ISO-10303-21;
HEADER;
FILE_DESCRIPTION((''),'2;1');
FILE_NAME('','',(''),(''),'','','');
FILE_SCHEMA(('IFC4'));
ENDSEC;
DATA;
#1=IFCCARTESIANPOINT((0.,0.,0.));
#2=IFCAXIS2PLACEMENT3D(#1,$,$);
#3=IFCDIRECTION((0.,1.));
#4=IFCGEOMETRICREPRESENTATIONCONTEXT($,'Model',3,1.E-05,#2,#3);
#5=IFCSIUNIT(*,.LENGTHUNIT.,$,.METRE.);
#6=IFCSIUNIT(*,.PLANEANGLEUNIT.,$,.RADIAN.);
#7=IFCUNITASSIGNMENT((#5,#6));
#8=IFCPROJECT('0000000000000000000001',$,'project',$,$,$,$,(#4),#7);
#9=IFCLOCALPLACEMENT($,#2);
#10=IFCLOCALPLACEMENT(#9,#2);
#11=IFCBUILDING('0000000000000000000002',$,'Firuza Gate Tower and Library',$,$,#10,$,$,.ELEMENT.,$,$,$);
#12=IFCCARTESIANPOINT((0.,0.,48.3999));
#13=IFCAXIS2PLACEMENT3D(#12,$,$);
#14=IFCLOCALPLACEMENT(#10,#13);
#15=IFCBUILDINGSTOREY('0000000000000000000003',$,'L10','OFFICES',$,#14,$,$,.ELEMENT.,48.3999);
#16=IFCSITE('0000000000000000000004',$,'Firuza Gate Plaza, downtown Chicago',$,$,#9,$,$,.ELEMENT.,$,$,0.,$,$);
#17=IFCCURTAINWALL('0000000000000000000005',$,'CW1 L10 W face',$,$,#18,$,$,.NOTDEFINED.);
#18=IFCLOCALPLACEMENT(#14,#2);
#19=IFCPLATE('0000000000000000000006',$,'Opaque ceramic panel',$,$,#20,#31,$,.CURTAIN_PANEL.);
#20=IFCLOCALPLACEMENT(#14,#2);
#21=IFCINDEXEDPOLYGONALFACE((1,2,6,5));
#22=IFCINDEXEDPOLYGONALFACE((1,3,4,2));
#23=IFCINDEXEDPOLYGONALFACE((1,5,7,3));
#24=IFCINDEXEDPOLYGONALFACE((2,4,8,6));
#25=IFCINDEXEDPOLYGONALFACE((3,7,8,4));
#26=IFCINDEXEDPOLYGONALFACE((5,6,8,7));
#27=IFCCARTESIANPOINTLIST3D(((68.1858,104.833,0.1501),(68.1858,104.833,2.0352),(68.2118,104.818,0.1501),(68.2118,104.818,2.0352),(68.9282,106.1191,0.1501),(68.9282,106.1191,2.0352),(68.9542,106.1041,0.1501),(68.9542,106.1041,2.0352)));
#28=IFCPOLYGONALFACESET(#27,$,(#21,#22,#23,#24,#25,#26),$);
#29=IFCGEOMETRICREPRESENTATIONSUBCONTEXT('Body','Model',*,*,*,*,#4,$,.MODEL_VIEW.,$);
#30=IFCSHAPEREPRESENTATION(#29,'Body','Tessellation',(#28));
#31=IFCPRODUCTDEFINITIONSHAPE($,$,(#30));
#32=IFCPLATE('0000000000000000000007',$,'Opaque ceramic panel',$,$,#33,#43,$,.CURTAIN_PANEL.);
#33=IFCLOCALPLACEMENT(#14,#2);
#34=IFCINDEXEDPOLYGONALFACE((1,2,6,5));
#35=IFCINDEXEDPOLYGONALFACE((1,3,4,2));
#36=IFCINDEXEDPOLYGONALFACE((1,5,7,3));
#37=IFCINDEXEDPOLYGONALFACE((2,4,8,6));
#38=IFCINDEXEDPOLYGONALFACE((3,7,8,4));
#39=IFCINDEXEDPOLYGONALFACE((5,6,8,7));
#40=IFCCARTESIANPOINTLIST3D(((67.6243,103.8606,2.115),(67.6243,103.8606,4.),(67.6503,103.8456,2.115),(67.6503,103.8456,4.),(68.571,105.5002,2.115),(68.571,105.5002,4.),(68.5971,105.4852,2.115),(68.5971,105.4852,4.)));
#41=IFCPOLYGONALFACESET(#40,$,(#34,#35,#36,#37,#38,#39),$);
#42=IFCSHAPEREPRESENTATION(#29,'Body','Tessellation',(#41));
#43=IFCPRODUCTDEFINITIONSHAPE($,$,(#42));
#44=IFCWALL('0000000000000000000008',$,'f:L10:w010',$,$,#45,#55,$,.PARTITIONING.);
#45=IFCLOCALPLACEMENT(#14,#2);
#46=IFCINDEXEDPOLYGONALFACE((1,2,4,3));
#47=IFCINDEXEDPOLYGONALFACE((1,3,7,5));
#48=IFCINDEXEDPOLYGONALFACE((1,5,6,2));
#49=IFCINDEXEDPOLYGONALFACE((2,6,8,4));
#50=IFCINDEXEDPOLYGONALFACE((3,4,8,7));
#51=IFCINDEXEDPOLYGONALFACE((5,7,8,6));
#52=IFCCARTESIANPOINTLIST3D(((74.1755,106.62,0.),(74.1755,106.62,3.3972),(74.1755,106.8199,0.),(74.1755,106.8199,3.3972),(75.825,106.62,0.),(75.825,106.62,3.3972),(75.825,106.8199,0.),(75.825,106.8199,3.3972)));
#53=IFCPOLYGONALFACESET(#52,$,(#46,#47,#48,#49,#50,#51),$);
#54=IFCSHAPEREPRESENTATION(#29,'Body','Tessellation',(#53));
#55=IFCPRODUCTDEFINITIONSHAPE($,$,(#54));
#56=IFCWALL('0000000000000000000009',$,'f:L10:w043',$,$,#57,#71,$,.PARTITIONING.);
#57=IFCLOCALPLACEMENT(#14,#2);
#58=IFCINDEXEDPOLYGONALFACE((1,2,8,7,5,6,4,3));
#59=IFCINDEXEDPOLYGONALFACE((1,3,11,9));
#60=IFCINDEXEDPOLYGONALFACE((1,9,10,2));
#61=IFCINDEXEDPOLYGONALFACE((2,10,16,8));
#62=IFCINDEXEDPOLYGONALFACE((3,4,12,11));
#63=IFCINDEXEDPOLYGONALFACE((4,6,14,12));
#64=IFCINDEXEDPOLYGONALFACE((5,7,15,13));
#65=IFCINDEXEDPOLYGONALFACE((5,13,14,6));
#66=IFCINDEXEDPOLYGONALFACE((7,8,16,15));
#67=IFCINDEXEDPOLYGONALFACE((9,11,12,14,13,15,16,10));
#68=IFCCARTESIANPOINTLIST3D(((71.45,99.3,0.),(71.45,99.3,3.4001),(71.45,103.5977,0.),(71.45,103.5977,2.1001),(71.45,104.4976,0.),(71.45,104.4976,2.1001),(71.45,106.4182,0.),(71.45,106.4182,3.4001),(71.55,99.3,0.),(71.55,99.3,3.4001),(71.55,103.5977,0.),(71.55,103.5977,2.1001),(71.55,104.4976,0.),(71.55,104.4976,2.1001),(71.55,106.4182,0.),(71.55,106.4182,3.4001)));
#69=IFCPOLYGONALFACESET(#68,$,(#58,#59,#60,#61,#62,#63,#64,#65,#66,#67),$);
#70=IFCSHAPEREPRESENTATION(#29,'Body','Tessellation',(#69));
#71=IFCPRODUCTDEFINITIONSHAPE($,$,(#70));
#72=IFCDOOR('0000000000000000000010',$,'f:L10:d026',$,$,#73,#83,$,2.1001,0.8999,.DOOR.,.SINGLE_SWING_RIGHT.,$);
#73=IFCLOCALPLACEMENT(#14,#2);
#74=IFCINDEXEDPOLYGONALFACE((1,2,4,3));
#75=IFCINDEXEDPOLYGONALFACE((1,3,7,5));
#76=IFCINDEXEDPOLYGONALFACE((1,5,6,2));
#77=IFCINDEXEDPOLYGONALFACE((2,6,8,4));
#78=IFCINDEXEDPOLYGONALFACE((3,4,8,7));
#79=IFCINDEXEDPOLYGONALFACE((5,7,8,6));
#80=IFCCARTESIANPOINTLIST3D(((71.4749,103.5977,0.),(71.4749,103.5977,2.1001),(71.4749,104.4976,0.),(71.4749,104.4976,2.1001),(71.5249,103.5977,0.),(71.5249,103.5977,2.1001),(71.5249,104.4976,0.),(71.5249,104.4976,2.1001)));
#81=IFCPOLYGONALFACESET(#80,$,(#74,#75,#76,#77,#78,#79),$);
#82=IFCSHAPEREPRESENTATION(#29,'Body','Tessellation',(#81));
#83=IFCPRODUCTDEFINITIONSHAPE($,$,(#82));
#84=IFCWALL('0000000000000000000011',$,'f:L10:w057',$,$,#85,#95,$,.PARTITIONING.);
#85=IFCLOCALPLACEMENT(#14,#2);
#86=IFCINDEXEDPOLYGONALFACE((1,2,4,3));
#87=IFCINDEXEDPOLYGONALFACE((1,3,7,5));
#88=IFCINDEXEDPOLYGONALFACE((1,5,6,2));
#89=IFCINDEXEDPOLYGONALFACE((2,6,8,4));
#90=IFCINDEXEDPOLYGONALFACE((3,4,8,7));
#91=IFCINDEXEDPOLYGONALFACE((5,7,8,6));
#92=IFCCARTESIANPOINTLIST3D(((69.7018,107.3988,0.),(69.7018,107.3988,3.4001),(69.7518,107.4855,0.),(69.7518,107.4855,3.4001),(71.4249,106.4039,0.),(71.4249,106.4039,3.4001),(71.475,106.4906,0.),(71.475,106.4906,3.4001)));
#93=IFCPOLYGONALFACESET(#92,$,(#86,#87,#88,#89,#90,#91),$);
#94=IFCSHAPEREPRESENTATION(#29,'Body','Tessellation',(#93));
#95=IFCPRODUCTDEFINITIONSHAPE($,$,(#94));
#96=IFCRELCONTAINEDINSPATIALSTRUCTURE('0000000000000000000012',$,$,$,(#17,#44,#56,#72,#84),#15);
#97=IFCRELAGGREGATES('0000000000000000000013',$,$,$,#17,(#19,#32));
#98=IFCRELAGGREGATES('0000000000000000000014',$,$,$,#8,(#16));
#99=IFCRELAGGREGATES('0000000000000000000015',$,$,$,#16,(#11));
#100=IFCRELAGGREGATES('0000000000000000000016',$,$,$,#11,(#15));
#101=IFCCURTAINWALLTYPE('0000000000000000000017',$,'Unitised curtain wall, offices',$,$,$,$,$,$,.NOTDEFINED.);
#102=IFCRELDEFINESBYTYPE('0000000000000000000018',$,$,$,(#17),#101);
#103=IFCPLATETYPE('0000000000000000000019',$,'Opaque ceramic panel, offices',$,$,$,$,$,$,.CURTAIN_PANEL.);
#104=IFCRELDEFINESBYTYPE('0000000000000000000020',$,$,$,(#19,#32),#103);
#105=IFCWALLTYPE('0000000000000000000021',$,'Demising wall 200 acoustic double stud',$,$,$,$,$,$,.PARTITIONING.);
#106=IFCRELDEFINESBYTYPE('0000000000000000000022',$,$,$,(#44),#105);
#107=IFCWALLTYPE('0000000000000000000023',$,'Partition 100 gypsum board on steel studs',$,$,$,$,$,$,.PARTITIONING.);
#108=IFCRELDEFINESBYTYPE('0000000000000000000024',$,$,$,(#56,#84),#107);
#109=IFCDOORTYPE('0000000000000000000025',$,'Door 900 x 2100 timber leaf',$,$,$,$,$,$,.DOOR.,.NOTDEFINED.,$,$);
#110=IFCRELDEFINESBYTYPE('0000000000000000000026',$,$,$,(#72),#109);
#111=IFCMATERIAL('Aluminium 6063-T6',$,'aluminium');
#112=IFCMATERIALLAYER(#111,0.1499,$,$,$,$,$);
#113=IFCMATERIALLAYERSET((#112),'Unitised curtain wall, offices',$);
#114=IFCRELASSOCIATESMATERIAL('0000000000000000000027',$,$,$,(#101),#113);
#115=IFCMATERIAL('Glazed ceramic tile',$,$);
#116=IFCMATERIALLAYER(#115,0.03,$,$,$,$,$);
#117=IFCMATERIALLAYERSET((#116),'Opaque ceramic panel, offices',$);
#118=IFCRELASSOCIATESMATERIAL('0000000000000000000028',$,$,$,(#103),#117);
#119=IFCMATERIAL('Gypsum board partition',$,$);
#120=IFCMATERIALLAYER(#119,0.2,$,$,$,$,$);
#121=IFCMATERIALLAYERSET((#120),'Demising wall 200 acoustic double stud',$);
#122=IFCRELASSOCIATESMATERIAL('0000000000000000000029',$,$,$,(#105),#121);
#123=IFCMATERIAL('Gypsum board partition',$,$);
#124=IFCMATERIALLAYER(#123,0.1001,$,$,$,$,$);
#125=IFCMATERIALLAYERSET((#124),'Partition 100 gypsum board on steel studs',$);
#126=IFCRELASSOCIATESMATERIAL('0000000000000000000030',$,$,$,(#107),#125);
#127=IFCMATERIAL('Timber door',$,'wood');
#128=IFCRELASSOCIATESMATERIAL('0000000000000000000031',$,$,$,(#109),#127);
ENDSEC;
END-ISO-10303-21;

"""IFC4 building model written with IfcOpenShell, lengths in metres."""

from ifc_helpers import new_model, si_unit, direction, frame, frame_2d, origin, place, context, subcontext, project, spatial, polyline, rectangle, outline, extrude, material, layer, layer_set, type_object, element, fill, aggregate, save


model = new_model("IFC4")

# Units and contexts
model_context = context("Model", 3, precision=1e-05, world=origin(), true_north=direction((0.0, 1.0)))
body_context = subcontext(model_context, "Body", "Model", "MODEL_VIEW")
ifc_project = project(units=[si_unit("LENGTHUNIT", "METRE"), si_unit("PLANEANGLEUNIT", "RADIAN")], contexts=[model_context])

# Site, building, storey
site_placement = place(None, origin())
site = spatial("IfcSite", under=ifc_project, at=site_placement, Name="Firuza Gate Plaza, downtown Chicago", CompositionType="ELEMENT", RefElevation=0.0)
building_placement = place(site_placement, origin())
building = spatial("IfcBuilding", under=site, at=building_placement, Name="Firuza Gate Tower and Library", CompositionType="ELEMENT")
storey_placement = place(building_placement, frame((0.0, 0.0, 48.3999)))
storey = spatial("IfcBuildingStorey", under=building, at=storey_placement, Name="L10", Description="OFFICES", CompositionType="ELEMENT", Elevation=48.3999)

# Curtain wall
ifc_material_1 = material(Name="Aluminium 6063-T6", Category="aluminium")
ifc_layer_1 = layer(ifc_material_1, 0.1499)
ifc_layer_set_1 = layer_set([ifc_layer_1], Name="Unitised curtain wall, offices")
curtain_wall_type_1 = type_object("IfcCurtainWallType", Name="Unitised curtain wall, offices", PredefinedType="NOTDEFINED", material=ifc_layer_set_1)
placement = place(storey_placement, origin())
curtain_wall_1 = element("IfcCurtainWall", 1, at=placement, inside=storey, type_object=curtain_wall_type_1, Name="CW1 L10 W face", PredefinedType="NOTDEFINED")

# Plates
ifc_material_2 = material(Name="Glazed ceramic tile")
ifc_layer_2 = layer(ifc_material_2, 0.03)
ifc_layer_set_2 = layer_set([ifc_layer_2], Name="Opaque ceramic panel, offices")
plate_type_1 = type_object("IfcPlateType", Name="Opaque ceramic panel, offices", PredefinedType="CURTAIN_PANEL", material=ifc_layer_set_2)
plate_1_placement = place(storey_placement, frame((68.9282, 106.1191, 0.1501), z_axis=(-0.86606, 0.499941, 0.0), x_axis=(-0.499941, -0.86606, 0.0)))
plate_1 = element("IfcPlate", 2, at=plate_1_placement, type_object=plate_type_1, Name="Opaque ceramic panel", PredefinedType="CURTAIN_PANEL", context=body_context, shape_type="SweptSolid", body=[
    extrude(outline(polyline([(0.0, 0.0), (1.485, 0.0), (1.485, 1.885), (0.0, 1.885), (0.0, 0.0)])), origin(), (0.0, 0.0, -1.0), 0.03),
])
plate_2_placement = place(storey_placement, frame((68.571, 105.5002, 2.115), z_axis=(-0.865997, 0.50005, 0.0), x_axis=(-0.50005, -0.865997, 0.0)))
plate_2 = element("IfcPlate", 3, at=plate_2_placement, type_object=plate_type_1, Name="Opaque ceramic panel", PredefinedType="CURTAIN_PANEL", context=body_context, shape_type="SweptSolid", body=[
    extrude(outline(polyline([(0.0, 0.0), (1.8934, 0.0), (1.8934, 1.885), (0.0, 1.885), (0.0, 0.0)])), origin(), (0.0, 0.0, -1.0), 0.03),
])
aggregate(curtain_wall_1, [plate_1, plate_2])

# Wall
ifc_material_3 = material(Name="Gypsum board partition")
ifc_layer_3 = layer(ifc_material_3, 0.2)
ifc_layer_set_3 = layer_set([ifc_layer_3], Name="Demising wall 200 acoustic double stud")
wall_type_1 = type_object("IfcWallType", Name="Demising wall 200 acoustic double stud", PredefinedType="PARTITIONING", material=ifc_layer_set_3)
wall_1_placement = place(storey_placement, frame((74.1755, 106.72, 0.0), z_axis=(0.0, 0.0, 1.0), x_axis=(1.0, 0.0, 0.0)))
element("IfcWall", 4, at=wall_1_placement, inside=storey, type_object=wall_type_1, Name="f:L10:w010", PredefinedType="PARTITIONING", context=body_context, shape_type="SweptSolid", body=[
    extrude(rectangle(XDim=1.6494, YDim=0.2, at=frame_2d((0.8247, 0.0))), origin(), (0.0, 0.0, 1.0), 3.3972),
])

# Wall, opening, door
ifc_material_4 = material(Name="Gypsum board partition")
ifc_layer_4 = layer(ifc_material_4, 0.1001)
ifc_layer_set_4 = layer_set([ifc_layer_4], Name="Partition 100 gypsum board on steel studs")
wall_type_2 = type_object("IfcWallType", Name="Partition 100 gypsum board on steel studs", PredefinedType="PARTITIONING", material=ifc_layer_set_4)
wall_2_placement = place(storey_placement, frame((71.5, 106.4182, 0.0), z_axis=(0.0, 0.0, 1.0), x_axis=(0.0, -1.0, 0.0)))
wall_2 = element("IfcWall", 5, at=wall_2_placement, inside=storey, type_object=wall_type_2, Name="f:L10:w043", PredefinedType="PARTITIONING", context=body_context, shape_type="SweptSolid", body=[
    extrude(rectangle(XDim=7.1182, YDim=0.1001, at=frame_2d((3.5591, 0.0))), origin(), (0.0, 0.0, 1.0), 3.4001),
])
opening_placement = place(wall_2_placement, frame((1.9207, 0.0, 0.0)))
opening = element("IfcOpeningElement", 6, at=opening_placement, cuts=wall_2, PredefinedType="OPENING", context=body_context, shape_type="SweptSolid", body=[
    extrude(rectangle(XDim=0.8999, YDim=2.1001, at=frame_2d((0.45, 1.05))), frame((0.0, 0.0601, 0.0), z_axis=(0.0, -1.0, 0.0), x_axis=(1.0, 0.0, 0.0)), (0.0, 0.0, 1.0), 0.1201),
])
ifc_material_5 = material(Name="Timber door", Category="wood")
door_type = type_object("IfcDoorType", Name="Door 900 x 2100 timber leaf", OperationType="NOTDEFINED", PredefinedType="DOOR", material=ifc_material_5)
door_placement = place(opening_placement, origin())
door = element("IfcDoor", 7, at=door_placement, inside=storey, type_object=door_type, Name="f:L10:d026", OperationType="SINGLE_SWING_RIGHT", OverallHeight=2.1001, OverallWidth=0.8999, PredefinedType="DOOR", context=body_context, shape_type="SweptSolid", body=[
    extrude(rectangle(XDim=0.8999, YDim=2.1001, at=frame_2d((0.45, 1.05))), frame((0.0, 0.0249, 0.0), z_axis=(0.0, -1.0, 0.0), x_axis=(1.0, 0.0, 0.0)), (0.0, 0.0, 1.0), 0.05),
])
fill(opening, door)

# Wall
wall_3_placement = place(storey_placement, frame((71.45, 106.4473, 0.0), z_axis=(0.0, 0.0, 1.0), x_axis=(-0.866022, 0.500006, 0.0)))
element("IfcWall", 8, at=wall_3_placement, inside=storey, type_object=wall_type_2, Name="f:L10:w057", PredefinedType="PARTITIONING", context=body_context, shape_type="SweptSolid", body=[
    extrude(rectangle(XDim=1.9897, YDim=0.1001, at=frame_2d((0.9949, 0.0))), origin(), (0.0, 0.0, 1.0), 3.4001),
])

save(model, "model.ifc")
